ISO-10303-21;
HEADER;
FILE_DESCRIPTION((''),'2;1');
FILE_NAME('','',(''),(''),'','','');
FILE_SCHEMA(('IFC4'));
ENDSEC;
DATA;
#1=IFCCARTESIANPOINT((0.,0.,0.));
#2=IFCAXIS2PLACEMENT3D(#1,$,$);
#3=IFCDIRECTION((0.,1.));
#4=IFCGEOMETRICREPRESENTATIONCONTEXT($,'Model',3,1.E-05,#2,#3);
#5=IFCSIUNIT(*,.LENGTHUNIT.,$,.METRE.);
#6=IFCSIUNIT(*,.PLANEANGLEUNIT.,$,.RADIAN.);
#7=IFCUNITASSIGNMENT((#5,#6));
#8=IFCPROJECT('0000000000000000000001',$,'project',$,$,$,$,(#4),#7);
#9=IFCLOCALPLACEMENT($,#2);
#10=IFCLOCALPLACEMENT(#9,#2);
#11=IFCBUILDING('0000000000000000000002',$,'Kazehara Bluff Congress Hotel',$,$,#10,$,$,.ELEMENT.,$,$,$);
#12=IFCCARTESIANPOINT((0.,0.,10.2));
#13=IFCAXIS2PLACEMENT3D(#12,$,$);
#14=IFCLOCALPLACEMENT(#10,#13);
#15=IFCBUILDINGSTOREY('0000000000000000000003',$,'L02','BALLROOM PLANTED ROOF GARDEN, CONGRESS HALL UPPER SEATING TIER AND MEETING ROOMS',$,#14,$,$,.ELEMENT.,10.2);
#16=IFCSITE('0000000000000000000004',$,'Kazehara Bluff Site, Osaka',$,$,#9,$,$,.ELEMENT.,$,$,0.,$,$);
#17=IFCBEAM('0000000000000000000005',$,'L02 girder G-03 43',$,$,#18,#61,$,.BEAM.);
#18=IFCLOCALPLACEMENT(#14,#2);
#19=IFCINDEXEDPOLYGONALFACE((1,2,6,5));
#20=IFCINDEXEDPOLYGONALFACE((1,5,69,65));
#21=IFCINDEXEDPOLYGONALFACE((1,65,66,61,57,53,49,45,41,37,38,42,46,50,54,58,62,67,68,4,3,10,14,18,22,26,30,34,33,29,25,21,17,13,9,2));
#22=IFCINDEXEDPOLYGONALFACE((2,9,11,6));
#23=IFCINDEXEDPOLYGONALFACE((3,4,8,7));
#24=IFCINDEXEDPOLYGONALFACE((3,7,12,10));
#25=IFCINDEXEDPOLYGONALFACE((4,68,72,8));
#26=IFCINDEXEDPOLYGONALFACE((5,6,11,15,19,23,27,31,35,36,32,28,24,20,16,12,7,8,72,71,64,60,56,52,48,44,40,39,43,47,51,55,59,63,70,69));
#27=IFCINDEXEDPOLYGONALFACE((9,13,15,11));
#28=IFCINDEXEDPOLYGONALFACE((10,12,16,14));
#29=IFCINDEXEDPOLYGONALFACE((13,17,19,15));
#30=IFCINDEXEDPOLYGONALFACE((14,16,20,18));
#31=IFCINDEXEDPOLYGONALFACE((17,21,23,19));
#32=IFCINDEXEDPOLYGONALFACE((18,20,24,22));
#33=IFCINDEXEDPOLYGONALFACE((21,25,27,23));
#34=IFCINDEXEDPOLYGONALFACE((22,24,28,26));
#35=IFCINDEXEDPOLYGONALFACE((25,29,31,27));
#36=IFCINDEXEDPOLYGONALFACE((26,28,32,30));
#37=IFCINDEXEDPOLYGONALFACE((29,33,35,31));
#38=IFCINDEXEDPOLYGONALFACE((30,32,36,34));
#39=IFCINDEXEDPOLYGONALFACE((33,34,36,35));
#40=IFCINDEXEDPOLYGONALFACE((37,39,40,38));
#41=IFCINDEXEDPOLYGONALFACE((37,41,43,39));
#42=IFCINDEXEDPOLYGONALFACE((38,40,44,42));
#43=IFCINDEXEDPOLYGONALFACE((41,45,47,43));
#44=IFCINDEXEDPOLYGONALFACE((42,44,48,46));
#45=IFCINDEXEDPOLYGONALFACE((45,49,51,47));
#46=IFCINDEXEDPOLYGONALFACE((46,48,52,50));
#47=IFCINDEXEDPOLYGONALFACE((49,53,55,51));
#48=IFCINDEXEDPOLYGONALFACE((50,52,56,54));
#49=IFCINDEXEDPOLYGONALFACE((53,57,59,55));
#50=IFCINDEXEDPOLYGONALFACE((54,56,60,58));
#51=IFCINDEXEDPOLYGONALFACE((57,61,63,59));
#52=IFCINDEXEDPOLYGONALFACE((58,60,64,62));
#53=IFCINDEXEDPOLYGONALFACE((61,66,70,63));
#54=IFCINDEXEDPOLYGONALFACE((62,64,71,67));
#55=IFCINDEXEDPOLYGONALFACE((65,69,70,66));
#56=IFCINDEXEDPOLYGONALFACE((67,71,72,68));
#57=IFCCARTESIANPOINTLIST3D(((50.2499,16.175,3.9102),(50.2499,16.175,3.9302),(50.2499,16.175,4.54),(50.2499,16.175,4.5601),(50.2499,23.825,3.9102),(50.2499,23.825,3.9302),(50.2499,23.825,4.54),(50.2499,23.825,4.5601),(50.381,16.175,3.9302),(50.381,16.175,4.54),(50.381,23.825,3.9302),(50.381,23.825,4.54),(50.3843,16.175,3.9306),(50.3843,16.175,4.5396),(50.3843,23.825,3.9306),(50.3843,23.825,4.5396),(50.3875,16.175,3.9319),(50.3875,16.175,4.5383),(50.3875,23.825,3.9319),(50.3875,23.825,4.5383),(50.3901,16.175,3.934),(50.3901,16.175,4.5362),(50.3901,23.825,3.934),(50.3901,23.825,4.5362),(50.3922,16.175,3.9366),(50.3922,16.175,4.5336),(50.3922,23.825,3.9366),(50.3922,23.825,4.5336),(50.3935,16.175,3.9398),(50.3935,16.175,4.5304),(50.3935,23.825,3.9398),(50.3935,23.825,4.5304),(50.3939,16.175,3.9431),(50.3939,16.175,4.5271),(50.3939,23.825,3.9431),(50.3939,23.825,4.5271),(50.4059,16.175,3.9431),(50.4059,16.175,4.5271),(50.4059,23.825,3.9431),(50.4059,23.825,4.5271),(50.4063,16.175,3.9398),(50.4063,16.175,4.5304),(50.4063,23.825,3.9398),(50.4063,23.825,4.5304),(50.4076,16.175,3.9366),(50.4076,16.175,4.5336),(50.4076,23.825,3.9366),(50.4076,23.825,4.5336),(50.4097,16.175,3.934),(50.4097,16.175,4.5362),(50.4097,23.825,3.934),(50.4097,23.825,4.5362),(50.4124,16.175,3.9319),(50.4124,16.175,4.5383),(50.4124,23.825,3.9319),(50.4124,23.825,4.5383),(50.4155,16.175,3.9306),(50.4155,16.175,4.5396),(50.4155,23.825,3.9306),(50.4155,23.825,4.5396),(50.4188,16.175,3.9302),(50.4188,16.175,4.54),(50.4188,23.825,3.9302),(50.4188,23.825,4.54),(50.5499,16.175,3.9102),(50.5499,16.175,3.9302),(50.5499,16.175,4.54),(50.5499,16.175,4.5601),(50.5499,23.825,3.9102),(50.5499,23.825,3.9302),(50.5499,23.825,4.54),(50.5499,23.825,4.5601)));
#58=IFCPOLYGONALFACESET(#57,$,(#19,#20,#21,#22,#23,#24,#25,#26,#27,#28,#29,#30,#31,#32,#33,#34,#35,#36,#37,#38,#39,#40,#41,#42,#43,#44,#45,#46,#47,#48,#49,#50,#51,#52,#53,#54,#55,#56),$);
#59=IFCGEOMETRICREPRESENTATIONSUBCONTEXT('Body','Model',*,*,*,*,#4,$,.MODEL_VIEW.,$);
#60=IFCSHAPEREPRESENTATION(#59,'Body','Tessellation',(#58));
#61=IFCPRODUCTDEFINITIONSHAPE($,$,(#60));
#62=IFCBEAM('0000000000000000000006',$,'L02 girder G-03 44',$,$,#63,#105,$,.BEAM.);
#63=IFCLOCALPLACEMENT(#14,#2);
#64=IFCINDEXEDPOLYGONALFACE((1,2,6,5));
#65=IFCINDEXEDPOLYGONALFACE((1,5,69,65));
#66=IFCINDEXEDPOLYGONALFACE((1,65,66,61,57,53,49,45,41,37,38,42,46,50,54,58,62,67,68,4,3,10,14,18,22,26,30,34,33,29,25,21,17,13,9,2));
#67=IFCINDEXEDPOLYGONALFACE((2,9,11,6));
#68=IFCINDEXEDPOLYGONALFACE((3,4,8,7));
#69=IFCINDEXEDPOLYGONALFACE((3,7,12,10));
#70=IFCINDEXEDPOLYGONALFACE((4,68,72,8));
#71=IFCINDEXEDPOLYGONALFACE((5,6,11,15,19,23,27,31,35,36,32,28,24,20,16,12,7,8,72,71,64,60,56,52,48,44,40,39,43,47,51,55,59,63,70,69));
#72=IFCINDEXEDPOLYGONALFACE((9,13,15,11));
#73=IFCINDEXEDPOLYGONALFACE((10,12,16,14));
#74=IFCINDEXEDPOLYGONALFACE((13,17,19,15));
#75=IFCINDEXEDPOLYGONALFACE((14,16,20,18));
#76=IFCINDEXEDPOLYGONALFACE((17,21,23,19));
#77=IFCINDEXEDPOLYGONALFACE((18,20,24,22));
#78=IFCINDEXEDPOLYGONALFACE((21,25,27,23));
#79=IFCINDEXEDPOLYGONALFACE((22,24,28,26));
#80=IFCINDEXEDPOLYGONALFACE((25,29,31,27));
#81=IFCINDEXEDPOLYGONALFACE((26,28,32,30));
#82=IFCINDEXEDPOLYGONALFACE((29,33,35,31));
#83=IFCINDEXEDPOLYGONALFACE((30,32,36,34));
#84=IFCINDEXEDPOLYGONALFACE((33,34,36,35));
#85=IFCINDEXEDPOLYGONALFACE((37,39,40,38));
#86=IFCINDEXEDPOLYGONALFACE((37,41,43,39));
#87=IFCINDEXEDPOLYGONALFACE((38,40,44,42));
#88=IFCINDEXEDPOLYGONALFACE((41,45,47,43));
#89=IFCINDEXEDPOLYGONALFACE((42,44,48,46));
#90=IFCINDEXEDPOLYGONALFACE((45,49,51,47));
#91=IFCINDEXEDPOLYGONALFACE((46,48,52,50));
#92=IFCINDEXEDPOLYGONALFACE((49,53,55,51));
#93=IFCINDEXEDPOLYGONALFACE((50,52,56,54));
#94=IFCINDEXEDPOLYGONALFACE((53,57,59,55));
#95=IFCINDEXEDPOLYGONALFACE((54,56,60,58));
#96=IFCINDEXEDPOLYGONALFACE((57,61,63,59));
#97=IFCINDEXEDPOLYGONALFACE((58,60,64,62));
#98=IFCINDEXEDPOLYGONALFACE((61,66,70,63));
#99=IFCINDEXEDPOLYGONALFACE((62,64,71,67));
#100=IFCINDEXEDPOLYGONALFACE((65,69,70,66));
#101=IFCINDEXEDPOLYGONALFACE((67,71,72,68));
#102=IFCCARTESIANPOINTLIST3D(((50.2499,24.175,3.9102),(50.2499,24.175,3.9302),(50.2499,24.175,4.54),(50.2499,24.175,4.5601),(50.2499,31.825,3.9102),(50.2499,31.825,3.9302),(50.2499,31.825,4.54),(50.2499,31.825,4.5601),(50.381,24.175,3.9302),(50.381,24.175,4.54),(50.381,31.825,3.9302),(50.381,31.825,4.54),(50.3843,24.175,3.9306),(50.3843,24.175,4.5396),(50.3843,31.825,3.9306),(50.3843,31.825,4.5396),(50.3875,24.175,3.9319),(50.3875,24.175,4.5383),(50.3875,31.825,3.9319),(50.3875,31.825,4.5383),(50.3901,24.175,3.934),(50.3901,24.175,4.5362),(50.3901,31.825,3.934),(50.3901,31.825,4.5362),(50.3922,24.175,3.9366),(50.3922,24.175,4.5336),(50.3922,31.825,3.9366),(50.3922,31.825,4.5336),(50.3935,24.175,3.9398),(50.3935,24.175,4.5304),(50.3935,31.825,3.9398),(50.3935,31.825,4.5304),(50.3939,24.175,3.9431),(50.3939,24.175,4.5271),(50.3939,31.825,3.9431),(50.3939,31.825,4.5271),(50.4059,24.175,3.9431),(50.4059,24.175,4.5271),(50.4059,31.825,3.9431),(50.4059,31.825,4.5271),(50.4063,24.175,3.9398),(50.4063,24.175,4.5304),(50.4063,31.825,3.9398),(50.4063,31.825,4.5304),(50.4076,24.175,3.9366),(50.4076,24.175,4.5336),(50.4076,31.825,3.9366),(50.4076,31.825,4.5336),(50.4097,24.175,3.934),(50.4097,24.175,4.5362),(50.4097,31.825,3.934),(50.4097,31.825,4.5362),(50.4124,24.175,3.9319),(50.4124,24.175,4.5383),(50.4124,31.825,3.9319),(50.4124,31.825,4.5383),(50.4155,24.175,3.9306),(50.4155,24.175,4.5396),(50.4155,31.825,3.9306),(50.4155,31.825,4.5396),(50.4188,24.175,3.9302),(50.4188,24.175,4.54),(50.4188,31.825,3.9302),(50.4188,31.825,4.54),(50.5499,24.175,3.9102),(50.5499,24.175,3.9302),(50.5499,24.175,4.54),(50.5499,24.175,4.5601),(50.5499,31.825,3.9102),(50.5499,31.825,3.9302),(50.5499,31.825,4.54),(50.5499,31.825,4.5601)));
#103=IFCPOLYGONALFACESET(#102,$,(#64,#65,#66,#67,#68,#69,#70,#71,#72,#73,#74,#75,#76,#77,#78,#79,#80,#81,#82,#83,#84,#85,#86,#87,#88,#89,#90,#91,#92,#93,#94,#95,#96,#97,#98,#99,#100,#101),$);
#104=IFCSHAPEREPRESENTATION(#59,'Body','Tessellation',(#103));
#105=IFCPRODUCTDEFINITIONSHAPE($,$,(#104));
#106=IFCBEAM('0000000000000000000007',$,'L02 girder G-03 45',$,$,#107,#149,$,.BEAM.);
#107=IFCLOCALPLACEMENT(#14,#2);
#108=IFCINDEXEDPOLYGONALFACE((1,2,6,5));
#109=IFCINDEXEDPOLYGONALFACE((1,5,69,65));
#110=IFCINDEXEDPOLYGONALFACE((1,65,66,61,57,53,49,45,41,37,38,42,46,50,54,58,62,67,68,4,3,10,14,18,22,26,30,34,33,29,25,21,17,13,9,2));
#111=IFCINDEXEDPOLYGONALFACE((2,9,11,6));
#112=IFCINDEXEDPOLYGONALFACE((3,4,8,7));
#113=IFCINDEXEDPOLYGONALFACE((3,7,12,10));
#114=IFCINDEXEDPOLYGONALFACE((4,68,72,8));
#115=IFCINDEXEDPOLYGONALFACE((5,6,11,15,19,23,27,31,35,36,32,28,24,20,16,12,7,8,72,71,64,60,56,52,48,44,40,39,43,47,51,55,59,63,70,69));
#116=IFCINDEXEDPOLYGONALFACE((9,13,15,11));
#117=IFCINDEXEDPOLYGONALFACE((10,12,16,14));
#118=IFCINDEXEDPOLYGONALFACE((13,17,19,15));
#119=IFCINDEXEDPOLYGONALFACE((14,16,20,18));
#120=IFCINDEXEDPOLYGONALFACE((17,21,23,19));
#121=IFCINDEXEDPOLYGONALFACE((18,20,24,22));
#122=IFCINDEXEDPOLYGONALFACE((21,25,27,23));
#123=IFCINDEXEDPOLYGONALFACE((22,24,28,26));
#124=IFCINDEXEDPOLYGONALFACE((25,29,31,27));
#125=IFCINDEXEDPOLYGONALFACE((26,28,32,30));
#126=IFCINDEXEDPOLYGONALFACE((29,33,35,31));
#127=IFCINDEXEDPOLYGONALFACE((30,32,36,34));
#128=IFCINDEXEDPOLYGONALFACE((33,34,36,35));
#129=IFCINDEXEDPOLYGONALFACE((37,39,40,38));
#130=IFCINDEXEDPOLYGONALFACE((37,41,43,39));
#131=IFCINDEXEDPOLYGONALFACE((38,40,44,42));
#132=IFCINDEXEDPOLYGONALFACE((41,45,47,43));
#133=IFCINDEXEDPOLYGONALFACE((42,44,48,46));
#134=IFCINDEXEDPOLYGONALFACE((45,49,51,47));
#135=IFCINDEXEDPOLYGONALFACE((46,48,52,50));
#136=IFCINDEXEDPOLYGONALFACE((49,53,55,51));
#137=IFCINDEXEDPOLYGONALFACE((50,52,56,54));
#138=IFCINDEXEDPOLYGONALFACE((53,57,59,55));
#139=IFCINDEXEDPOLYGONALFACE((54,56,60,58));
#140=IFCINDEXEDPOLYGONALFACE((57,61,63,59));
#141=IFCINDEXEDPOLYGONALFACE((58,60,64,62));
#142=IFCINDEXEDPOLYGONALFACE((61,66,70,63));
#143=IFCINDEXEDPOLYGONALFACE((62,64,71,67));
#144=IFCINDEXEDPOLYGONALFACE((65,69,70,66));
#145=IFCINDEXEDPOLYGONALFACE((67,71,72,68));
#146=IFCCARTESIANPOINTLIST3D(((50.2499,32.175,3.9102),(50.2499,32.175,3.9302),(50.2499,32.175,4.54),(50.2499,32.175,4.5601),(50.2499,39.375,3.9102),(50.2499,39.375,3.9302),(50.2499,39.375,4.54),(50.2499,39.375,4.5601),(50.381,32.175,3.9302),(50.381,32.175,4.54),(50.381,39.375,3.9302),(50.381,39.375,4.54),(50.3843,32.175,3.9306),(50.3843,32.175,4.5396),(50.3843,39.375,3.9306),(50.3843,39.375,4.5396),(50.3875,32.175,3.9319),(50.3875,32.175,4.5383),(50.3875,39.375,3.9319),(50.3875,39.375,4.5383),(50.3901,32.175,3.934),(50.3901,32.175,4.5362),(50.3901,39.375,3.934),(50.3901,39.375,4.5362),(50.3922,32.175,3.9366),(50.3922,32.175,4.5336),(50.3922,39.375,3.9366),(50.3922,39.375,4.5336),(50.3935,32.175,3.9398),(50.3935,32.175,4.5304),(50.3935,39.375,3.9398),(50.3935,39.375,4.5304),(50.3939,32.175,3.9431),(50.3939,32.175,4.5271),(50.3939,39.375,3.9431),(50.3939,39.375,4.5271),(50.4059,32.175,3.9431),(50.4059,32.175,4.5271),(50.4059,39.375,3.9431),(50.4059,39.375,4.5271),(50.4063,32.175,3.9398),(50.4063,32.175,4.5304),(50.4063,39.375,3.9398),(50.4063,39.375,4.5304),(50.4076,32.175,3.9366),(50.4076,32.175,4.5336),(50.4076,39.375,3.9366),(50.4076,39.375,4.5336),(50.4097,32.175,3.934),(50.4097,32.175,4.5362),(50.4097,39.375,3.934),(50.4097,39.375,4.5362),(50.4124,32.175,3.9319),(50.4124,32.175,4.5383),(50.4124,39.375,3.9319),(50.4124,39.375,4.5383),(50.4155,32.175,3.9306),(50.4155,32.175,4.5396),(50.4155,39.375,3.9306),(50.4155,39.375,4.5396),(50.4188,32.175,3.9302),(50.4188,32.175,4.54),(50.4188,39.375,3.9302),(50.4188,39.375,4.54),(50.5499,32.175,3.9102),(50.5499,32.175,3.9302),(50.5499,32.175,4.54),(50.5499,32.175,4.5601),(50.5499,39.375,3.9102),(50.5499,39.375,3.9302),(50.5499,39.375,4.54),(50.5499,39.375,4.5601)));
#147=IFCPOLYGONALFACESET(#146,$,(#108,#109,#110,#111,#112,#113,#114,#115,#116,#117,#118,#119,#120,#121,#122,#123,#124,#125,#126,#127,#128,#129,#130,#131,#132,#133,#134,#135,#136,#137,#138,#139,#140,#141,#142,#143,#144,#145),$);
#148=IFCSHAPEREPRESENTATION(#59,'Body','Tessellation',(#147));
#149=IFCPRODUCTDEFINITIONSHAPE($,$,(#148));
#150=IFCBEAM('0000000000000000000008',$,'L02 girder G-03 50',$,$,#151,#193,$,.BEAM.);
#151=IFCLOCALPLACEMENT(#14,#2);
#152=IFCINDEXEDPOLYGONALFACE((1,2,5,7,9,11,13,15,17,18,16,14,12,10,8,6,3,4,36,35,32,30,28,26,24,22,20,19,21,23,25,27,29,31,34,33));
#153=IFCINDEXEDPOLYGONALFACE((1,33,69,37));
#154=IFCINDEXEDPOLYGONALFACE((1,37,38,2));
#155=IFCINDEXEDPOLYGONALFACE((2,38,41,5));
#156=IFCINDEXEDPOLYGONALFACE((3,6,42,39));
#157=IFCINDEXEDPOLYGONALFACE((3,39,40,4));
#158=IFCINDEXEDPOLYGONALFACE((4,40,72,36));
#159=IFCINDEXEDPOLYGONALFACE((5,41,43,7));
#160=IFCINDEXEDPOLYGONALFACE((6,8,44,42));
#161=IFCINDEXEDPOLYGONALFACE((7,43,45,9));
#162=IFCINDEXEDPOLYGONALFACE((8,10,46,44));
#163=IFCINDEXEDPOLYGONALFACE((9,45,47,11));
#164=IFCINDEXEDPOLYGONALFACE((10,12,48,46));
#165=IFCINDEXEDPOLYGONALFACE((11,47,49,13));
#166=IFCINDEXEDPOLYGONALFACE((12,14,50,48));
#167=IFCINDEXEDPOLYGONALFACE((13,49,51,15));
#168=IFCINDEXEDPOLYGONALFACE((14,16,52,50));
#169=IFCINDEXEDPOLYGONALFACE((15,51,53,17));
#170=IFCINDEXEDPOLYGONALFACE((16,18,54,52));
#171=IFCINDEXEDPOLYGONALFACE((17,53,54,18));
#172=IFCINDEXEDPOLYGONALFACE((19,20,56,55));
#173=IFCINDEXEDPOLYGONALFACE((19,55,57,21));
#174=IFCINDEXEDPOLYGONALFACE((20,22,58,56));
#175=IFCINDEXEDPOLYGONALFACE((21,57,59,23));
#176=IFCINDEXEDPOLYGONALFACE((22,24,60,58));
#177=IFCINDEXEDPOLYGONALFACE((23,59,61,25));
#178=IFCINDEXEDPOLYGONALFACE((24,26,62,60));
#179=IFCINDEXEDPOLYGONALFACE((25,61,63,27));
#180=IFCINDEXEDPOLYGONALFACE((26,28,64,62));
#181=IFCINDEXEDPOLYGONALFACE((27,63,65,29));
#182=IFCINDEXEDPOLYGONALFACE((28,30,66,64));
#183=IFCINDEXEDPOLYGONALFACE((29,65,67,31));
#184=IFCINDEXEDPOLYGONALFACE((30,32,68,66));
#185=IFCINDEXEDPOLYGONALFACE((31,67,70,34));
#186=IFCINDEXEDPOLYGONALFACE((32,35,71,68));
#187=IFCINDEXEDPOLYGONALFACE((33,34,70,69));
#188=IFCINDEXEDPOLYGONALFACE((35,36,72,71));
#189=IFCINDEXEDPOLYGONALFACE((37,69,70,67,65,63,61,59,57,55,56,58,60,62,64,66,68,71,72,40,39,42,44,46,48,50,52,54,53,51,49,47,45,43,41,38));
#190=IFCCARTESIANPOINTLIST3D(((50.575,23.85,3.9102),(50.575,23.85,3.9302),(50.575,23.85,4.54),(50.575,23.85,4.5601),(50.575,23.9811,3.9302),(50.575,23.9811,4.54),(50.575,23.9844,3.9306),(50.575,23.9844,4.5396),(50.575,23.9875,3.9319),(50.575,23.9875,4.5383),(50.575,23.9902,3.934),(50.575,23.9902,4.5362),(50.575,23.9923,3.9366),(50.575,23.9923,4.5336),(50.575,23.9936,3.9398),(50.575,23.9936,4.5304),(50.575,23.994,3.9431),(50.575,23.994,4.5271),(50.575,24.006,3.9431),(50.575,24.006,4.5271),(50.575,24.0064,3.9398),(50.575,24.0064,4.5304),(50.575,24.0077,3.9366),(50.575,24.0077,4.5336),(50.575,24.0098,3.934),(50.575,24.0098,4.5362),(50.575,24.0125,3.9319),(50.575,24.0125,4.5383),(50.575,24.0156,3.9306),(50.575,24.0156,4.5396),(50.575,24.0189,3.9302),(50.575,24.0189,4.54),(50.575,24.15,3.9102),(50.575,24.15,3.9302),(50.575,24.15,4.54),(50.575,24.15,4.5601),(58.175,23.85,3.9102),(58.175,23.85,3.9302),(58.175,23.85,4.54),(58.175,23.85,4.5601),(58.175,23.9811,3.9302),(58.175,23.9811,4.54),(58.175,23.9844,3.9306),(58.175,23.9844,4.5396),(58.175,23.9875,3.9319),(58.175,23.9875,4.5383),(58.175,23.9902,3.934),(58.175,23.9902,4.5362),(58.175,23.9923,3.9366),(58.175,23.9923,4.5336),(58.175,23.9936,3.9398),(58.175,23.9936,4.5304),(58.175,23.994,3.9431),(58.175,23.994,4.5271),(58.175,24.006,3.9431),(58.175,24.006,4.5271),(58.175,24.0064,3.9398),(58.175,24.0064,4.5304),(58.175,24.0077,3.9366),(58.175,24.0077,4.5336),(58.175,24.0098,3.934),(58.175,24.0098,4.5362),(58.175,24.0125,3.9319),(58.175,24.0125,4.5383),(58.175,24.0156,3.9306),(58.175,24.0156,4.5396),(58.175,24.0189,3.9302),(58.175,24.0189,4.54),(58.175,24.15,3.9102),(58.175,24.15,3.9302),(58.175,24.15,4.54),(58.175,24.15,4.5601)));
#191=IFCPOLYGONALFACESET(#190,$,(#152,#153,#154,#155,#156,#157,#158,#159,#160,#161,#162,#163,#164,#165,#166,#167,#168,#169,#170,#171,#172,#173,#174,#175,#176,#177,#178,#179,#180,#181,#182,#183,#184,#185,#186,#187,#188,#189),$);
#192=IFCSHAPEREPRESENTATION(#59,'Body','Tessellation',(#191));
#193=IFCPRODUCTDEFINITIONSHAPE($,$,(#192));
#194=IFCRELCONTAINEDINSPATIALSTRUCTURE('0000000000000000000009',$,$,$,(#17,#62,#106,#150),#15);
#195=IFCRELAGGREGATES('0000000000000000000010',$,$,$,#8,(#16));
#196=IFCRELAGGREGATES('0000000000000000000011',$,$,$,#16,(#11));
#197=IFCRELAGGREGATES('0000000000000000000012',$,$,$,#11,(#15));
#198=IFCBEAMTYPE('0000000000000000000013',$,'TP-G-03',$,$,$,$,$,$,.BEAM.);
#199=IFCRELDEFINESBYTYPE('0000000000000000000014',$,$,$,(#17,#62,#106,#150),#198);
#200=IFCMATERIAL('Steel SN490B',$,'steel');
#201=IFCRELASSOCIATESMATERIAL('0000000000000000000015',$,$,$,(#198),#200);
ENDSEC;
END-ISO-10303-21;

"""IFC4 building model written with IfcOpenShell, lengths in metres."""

from ifc_helpers import new_model, si_unit, direction, frame, origin, origin_2d, place, context, subcontext, project, spatial, i_section, extrude, material, material_profile, profile_set, type_object, element, save


model = new_model("IFC4")

# Units and contexts
model_context = context("Model", 3, precision=1e-05, world=origin(), true_north=direction((0.0, 1.0)))
body_context = subcontext(model_context, "Body", "Model", "MODEL_VIEW")
ifc_project = project(units=[si_unit("LENGTHUNIT", "METRE"), si_unit("PLANEANGLEUNIT", "RADIAN")], contexts=[model_context])

# Site, building, storey
site_placement = place(None, origin())
site = spatial("IfcSite", under=ifc_project, at=site_placement, Name="Kazehara Bluff Site, Osaka", CompositionType="ELEMENT", RefElevation=0.0)
building_placement = place(site_placement, origin())
building = spatial("IfcBuilding", under=site, at=building_placement, Name="Kazehara Bluff Congress Hotel", CompositionType="ELEMENT")
storey_placement = place(building_placement, frame((0.0, 0.0, 10.2)))
storey = spatial("IfcBuildingStorey", under=building, at=storey_placement, Name="L02", Description="BALLROOM PLANTED ROOF GARDEN, CONGRESS HALL UPPER SEATING TIER AND MEETING ROOMS", CompositionType="ELEMENT", Elevation=10.2)

# Beams
ifc_material_1 = material(Name="Steel SN490B", Category="steel")
ifc_material_profile_1 = material_profile(ifc_material_1, i_section(OverallWidth=0.3, OverallDepth=0.6499, WebThickness=0.012, FlangeThickness=0.02, FilletRadius=0.0129, at=origin_2d()))
ifc_profile_set_1 = profile_set([ifc_material_profile_1], Name="Steel SN490B")
beam_type_1 = type_object("IfcBeamType", Name="TP-G-03", PredefinedType="BEAM", material=ifc_profile_set_1)
for number, where, z_axis, x_axis, name in (
    (1, (50.3999, 16.175, 4.2351), (0.0, 1.0, 0.0), (-1.0, 0.0, 0.0), "L02 girder G-03 43"),
    (2, (50.3999, 24.175, 4.2351), (0.0, 1.0, 0.0), (-1.0, 0.0, 0.0), "L02 girder G-03 44"),
):
    element("IfcBeam", number, at=place(storey_placement, frame(where, z_axis=z_axis, x_axis=x_axis)), inside=storey, type_object=beam_type_1, Name=name, PredefinedType="BEAM", context=body_context, shape_type="SweptSolid", body=[
        extrude(i_section(OverallWidth=0.3, OverallDepth=0.6499, WebThickness=0.012, FlangeThickness=0.02, FilletRadius=0.0129, at=origin_2d()), origin(), (0.0, 0.0, 1.0), 7.6499),
    ])
beam_1_placement = place(storey_placement, frame((50.3999, 32.175, 4.2351), z_axis=(0.0, 1.0, 0.0), x_axis=(-1.0, 0.0, 0.0)))
element("IfcBeam", 3, at=beam_1_placement, inside=storey, type_object=beam_type_1, Name="L02 girder G-03 45", PredefinedType="BEAM", context=body_context, shape_type="SweptSolid", body=[
    extrude(i_section(OverallWidth=0.3, OverallDepth=0.6499, WebThickness=0.012, FlangeThickness=0.02, FilletRadius=0.0129, at=origin_2d()), origin(), (0.0, 0.0, 1.0), 7.2),
])
beam_2_placement = place(storey_placement, frame((50.575, 24.0, 4.2351), z_axis=(1.0, 0.0, 0.0), x_axis=(0.0, 1.0, 0.0)))
element("IfcBeam", 4, at=beam_2_placement, inside=storey, type_object=beam_type_1, Name="L02 girder G-03 50", PredefinedType="BEAM", context=body_context, shape_type="SweptSolid", body=[
    extrude(i_section(OverallWidth=0.3, OverallDepth=0.6499, WebThickness=0.012, FlangeThickness=0.02, FilletRadius=0.0129, at=origin_2d()), origin(), (0.0, 0.0, 1.0), 7.6001),
])

save(model, "model.ifc")
